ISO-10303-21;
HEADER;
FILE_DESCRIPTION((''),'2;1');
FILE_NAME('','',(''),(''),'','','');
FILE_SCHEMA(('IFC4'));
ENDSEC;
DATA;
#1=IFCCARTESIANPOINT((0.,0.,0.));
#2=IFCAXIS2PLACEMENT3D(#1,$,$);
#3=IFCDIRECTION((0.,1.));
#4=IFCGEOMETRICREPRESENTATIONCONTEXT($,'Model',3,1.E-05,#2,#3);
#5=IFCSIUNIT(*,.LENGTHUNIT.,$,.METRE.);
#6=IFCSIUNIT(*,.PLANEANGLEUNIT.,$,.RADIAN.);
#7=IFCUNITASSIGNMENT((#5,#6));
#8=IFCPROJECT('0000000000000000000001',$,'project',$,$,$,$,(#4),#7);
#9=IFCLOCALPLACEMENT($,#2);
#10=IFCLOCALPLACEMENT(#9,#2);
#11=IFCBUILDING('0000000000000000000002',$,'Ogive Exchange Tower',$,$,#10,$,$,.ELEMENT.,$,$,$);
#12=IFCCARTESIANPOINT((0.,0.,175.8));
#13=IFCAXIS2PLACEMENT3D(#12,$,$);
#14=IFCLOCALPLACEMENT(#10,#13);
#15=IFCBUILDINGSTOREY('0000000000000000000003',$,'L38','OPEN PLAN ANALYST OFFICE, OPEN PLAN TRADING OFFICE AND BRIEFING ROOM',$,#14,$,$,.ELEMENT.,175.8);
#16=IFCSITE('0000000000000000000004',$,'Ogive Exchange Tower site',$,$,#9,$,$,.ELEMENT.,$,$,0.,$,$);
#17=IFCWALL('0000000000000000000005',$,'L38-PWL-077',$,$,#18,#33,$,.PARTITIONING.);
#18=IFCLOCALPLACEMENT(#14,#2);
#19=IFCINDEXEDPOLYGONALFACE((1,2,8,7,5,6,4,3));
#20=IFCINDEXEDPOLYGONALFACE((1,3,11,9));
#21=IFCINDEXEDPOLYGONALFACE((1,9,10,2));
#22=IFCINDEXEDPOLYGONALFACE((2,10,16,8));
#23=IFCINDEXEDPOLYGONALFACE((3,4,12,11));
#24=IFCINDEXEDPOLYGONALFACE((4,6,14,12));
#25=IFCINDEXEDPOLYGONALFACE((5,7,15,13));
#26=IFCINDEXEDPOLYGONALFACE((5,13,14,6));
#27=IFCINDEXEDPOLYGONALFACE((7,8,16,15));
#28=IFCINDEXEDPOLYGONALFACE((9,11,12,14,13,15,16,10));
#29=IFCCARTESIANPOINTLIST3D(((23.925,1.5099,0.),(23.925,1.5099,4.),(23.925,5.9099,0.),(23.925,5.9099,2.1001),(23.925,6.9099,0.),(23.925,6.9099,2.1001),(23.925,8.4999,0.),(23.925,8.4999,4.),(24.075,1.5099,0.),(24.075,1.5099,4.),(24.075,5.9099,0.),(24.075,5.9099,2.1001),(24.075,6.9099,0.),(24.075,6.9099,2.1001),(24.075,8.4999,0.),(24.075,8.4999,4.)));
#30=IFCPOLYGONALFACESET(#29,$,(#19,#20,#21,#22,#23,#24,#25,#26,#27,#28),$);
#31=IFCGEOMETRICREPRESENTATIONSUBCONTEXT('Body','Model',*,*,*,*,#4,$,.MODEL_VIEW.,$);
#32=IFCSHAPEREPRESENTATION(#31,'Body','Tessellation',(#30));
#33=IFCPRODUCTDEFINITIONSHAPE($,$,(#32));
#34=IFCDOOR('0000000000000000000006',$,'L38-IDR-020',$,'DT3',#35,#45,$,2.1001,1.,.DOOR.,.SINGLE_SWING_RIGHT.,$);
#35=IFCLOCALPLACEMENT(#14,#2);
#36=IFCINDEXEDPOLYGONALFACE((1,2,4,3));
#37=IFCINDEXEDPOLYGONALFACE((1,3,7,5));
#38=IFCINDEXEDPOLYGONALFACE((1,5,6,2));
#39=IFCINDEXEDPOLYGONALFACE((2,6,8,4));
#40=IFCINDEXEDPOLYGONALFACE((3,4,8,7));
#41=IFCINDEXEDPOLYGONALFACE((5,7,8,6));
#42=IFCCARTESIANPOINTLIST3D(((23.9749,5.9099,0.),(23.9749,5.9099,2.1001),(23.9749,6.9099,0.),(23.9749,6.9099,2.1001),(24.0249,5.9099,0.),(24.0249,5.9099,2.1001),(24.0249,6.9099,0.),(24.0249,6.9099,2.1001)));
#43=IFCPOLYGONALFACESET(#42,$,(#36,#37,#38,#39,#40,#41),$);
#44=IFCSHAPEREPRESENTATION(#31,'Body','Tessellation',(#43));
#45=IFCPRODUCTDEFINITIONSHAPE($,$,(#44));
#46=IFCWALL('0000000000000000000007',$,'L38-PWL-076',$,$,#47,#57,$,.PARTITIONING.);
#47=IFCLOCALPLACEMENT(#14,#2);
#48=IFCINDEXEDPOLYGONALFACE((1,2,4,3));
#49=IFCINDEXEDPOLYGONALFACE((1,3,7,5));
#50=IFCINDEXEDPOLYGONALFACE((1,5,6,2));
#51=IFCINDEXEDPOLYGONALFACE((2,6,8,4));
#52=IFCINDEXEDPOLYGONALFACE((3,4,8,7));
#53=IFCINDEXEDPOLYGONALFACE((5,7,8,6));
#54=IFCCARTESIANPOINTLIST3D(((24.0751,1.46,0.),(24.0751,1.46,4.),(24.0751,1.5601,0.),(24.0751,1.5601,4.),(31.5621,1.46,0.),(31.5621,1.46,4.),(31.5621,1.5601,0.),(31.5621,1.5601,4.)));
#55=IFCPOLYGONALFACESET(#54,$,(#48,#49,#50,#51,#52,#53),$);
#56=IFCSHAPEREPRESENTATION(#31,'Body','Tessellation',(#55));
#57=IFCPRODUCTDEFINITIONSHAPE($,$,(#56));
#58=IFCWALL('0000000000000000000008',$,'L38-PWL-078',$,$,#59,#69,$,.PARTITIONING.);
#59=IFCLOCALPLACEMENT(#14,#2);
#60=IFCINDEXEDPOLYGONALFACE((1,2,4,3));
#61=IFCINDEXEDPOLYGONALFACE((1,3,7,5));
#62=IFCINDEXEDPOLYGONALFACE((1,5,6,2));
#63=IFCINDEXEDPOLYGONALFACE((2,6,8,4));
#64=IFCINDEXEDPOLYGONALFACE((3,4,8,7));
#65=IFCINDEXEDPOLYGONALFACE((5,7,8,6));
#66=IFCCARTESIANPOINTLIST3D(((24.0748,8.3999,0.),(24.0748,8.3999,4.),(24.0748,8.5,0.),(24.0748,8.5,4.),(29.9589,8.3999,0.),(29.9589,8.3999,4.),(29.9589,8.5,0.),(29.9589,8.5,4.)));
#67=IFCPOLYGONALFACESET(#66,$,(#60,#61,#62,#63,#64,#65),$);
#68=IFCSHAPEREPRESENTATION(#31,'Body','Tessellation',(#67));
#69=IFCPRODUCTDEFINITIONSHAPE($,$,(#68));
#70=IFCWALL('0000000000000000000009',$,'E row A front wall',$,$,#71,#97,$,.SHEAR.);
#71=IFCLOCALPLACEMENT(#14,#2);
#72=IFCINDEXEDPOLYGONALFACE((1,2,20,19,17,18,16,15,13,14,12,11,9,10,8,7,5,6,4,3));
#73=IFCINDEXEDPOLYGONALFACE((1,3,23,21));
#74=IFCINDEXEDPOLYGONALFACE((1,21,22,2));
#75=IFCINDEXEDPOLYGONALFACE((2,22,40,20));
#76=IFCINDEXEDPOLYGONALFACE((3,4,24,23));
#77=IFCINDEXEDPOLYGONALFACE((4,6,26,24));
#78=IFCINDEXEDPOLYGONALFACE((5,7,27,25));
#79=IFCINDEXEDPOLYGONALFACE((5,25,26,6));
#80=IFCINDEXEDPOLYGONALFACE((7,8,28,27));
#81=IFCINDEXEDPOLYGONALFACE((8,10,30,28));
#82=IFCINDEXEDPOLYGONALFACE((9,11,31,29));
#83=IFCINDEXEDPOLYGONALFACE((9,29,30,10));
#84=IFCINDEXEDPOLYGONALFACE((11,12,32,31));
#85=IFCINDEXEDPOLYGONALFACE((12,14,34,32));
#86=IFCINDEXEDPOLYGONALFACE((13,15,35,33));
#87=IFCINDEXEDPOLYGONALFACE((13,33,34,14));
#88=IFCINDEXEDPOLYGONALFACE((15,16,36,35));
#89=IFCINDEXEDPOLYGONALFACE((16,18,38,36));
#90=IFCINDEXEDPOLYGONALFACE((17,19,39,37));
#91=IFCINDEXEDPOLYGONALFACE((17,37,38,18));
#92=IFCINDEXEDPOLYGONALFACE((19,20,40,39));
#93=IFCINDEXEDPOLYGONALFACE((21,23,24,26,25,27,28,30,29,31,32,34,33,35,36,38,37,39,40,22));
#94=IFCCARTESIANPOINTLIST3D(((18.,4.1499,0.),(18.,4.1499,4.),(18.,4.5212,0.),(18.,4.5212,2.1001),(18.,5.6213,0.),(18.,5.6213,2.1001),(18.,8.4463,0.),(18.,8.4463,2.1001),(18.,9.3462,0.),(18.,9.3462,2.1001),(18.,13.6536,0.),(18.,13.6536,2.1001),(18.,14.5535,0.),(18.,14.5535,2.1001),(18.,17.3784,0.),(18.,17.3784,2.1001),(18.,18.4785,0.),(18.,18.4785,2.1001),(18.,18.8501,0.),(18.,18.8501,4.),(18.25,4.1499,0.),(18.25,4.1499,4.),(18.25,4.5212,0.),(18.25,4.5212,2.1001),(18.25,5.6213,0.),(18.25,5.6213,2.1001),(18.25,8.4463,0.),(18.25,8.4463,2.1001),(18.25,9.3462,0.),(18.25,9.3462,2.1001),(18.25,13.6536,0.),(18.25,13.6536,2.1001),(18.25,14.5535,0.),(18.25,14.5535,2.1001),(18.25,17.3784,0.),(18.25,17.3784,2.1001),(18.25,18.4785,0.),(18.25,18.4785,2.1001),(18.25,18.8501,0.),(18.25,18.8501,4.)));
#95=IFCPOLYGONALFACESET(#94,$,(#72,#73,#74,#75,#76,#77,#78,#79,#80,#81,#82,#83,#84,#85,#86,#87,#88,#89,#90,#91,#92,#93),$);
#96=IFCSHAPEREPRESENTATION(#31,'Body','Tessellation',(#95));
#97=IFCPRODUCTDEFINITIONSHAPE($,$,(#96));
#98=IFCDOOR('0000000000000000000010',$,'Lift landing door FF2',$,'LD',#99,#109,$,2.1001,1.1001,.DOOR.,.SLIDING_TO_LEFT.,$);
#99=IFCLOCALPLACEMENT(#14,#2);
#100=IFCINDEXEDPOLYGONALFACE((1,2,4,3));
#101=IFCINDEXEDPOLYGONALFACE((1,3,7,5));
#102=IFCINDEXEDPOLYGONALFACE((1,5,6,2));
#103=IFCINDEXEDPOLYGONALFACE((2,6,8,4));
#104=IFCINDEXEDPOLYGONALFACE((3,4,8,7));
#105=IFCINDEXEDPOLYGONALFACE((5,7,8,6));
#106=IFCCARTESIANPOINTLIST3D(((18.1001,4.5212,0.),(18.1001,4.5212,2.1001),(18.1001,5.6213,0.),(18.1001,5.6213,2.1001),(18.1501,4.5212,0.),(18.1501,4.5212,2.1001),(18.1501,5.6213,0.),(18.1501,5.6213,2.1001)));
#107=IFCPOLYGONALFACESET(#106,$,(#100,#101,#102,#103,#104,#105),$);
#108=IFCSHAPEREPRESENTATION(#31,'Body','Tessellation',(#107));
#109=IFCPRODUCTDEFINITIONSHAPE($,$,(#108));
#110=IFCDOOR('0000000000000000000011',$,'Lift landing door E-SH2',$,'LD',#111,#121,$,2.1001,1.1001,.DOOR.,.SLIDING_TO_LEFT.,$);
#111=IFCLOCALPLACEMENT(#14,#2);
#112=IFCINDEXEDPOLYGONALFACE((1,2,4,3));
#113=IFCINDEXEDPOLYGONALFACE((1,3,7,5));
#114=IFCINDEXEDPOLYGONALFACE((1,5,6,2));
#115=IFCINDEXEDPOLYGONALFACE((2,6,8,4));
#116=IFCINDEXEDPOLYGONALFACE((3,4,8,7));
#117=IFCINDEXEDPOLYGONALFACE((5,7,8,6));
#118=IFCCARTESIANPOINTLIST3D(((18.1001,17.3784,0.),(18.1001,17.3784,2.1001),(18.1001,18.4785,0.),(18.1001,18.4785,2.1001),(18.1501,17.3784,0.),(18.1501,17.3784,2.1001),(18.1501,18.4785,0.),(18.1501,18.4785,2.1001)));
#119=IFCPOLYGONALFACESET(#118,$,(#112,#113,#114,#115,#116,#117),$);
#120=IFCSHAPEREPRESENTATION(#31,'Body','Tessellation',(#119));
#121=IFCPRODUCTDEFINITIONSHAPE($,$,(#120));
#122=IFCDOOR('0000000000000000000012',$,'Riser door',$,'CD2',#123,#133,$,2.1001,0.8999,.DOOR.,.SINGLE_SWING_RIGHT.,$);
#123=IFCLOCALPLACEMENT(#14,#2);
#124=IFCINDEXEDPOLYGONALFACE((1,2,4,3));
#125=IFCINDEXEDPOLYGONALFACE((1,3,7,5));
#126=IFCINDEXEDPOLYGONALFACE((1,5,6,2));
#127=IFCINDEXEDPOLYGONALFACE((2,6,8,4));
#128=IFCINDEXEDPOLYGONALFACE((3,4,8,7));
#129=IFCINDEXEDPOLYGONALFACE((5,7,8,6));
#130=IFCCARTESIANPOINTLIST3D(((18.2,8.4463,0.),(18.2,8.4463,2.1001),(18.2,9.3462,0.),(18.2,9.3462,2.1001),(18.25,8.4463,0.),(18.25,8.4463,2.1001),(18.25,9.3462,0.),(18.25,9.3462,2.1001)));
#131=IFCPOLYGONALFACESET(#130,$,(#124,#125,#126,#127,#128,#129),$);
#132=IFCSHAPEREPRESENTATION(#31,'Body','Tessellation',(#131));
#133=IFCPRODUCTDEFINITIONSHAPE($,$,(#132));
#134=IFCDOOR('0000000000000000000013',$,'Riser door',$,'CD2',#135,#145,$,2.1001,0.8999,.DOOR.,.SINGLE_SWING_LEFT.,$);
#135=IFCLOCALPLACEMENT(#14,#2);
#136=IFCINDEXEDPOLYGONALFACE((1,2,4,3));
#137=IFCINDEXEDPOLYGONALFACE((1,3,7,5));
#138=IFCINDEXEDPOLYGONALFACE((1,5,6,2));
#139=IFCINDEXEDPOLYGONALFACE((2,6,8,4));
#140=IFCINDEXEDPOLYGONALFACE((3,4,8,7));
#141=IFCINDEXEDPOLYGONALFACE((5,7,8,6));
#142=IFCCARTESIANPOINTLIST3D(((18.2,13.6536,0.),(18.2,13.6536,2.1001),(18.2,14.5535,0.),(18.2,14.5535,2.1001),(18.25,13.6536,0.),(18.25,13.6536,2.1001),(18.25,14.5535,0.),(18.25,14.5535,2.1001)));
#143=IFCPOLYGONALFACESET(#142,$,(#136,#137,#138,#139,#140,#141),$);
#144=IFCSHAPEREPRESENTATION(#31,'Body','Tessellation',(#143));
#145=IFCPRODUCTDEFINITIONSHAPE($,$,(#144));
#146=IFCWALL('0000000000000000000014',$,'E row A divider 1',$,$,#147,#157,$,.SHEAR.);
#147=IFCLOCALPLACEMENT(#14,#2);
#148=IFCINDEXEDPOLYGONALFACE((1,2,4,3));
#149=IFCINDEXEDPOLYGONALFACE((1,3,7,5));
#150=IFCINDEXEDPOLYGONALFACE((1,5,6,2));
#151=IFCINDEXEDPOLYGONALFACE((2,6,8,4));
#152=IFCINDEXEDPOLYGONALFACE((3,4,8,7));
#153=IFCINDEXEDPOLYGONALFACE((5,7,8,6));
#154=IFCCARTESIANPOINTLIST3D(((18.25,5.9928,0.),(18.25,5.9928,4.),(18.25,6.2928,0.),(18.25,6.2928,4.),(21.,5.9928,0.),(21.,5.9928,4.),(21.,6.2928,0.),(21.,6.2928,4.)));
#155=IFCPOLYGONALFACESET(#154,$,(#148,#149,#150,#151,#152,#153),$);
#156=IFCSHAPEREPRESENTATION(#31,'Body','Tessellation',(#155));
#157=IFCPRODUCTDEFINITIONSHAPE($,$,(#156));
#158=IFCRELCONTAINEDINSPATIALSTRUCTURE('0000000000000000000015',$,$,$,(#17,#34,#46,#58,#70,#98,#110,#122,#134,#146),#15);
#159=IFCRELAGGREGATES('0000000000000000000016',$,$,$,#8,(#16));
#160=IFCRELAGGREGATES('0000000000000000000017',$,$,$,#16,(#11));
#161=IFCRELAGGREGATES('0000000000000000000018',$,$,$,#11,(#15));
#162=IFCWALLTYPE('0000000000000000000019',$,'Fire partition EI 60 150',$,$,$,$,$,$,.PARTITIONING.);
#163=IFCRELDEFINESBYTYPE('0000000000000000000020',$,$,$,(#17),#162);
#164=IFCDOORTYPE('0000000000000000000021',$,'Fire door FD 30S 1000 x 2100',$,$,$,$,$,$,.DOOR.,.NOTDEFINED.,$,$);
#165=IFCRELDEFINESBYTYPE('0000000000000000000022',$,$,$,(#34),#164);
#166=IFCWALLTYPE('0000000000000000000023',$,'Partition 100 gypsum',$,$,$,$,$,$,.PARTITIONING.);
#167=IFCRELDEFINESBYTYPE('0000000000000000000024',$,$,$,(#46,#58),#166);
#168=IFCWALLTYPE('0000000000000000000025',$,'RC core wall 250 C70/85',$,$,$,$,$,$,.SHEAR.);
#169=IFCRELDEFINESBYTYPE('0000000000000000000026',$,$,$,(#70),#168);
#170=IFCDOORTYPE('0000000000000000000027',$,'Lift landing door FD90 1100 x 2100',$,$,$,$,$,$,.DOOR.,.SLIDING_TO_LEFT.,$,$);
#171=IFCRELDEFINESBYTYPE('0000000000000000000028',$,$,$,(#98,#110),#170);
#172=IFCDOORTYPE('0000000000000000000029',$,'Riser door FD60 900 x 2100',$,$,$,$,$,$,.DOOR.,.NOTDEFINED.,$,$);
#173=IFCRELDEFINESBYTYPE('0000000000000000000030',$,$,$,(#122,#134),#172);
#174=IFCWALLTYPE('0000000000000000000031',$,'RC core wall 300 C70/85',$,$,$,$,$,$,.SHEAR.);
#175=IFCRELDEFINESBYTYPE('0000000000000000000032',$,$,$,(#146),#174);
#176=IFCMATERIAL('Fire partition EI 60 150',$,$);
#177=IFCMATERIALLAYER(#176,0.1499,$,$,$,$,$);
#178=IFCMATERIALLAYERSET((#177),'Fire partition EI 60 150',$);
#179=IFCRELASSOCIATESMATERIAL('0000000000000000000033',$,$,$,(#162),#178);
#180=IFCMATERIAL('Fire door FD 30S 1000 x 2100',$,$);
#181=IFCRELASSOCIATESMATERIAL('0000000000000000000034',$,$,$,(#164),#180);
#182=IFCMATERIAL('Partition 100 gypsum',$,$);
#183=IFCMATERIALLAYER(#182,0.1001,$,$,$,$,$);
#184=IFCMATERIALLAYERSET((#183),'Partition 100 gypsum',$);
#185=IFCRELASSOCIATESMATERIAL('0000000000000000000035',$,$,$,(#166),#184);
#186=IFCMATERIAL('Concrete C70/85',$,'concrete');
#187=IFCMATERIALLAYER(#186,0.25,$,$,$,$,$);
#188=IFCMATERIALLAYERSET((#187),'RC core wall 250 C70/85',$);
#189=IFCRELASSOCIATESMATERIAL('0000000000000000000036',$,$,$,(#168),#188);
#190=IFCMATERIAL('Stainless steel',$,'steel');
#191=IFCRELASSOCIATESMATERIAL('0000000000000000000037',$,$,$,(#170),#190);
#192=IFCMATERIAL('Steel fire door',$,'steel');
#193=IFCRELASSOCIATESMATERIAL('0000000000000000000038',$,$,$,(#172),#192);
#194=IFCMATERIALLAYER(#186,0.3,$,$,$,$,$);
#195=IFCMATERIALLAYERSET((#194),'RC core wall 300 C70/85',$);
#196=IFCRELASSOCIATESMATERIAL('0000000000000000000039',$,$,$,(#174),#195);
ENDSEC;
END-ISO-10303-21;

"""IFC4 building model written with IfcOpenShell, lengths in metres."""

from ifc_helpers import new_model, si_unit, direction, frame, frame_2d, origin, place, context, subcontext, project, spatial, rectangle, extrude, material, layer, layer_set, type_object, element, fill, save


model = new_model("IFC4")

# Units and contexts
model_context = context("Model", 3, precision=1e-05, world=origin(), true_north=direction((0.0, 1.0)))
body_context = subcontext(model_context, "Body", "Model", "MODEL_VIEW")
ifc_project = project(units=[si_unit("LENGTHUNIT", "METRE"), si_unit("PLANEANGLEUNIT", "RADIAN")], contexts=[model_context])

# Site, building, storey
site_placement = place(None, origin())
site = spatial("IfcSite", under=ifc_project, at=site_placement, Name="Ogive Exchange Tower site", CompositionType="ELEMENT", RefElevation=0.0)
building_placement = place(site_placement, origin())
building = spatial("IfcBuilding", under=site, at=building_placement, Name="Ogive Exchange Tower", CompositionType="ELEMENT")
storey_placement = place(building_placement, frame((0.0, 0.0, 175.8)))
storey = spatial("IfcBuildingStorey", under=building, at=storey_placement, Name="L38", Description="OPEN PLAN ANALYST OFFICE, OPEN PLAN TRADING OFFICE AND BRIEFING ROOM", CompositionType="ELEMENT", Elevation=175.8)

# Wall, opening, door
ifc_material_1 = material(Name="Fire partition EI 60 150")
ifc_layer_1 = layer(ifc_material_1, 0.1499)
ifc_layer_set_1 = layer_set([ifc_layer_1], Name="Fire partition EI 60 150")
wall_type_1 = type_object("IfcWallType", Name="Fire partition EI 60 150", PredefinedType="PARTITIONING", material=ifc_layer_set_1)
ifc_material_2 = material(Name="Fire door FD 30S 1000 x 2100")
door_type_1 = type_object("IfcDoorType", Name="Fire door FD 30S 1000 x 2100", OperationType="NOTDEFINED", PredefinedType="DOOR", material=ifc_material_2)
wall_1_placement = place(storey_placement, frame((24.0, 8.5, 0.0), z_axis=(0.0, 0.0, 1.0), x_axis=(0.0, -1.0, 0.0)))
wall_1 = element("IfcWall", 1, at=wall_1_placement, inside=storey, type_object=wall_type_1, Name="L38-PWL-077", PredefinedType="PARTITIONING", context=body_context, shape_type="SweptSolid", body=[
    extrude(rectangle(XDim=6.99, YDim=0.1499, at=frame_2d((3.4951, 0.0))), origin(), (0.0, 0.0, 1.0), 4.0),
])
opening_1_placement = place(wall_1_placement, frame((1.5901, 0.0, 0.0)))
opening_1 = element("IfcOpeningElement", 2, at=opening_1_placement, cuts=wall_1, PredefinedType="OPENING", context=body_context, shape_type="SweptSolid", body=[
    extrude(rectangle(XDim=1.0, YDim=2.1001, at=frame_2d((0.5, 1.05))), frame((0.0, 0.085, 0.0), z_axis=(0.0, -1.0, 0.0), x_axis=(1.0, 0.0, 0.0)), (0.0, 0.0, 1.0), 0.1699),
])
door_1_placement = place(opening_1_placement, origin())
door_1 = element("IfcDoor", 3, at=door_1_placement, inside=storey, type_object=door_type_1, Name="L38-IDR-020", ObjectType="DT3", OperationType="SINGLE_SWING_RIGHT", OverallHeight=2.1001, OverallWidth=1.0, PredefinedType="DOOR", context=body_context, shape_type="SweptSolid", body=[
    extrude(rectangle(XDim=1.0, YDim=2.1001, at=frame_2d((0.5, 1.05))), frame((0.0, 0.0249, 0.0), z_axis=(0.0, -1.0, 0.0), x_axis=(1.0, 0.0, 0.0)), (0.0, 0.0, 1.0), 0.05),
])
fill(opening_1, door_1)

# Walls
ifc_material_3 = material(Name="Partition 100 gypsum")
ifc_layer_2 = layer(ifc_material_3, 0.1001)
ifc_layer_set_2 = layer_set([ifc_layer_2], Name="Partition 100 gypsum")
wall_type_2 = type_object("IfcWallType", Name="Partition 100 gypsum", PredefinedType="PARTITIONING", material=ifc_layer_set_2)
wall_2_placement = place(storey_placement, frame((24.075, 1.51, 0.0), z_axis=(0.0, 0.0, 1.0), x_axis=(1.0, 0.0, 0.0)))
element("IfcWall", 4, at=wall_2_placement, inside=storey, type_object=wall_type_2, Name="L38-PWL-076", PredefinedType="PARTITIONING", context=body_context, shape_type="SweptSolid", body=[
    extrude(rectangle(XDim=7.4871, YDim=0.1001, at=frame_2d((3.7437, 0.0))), origin(), (0.0, 0.0, 1.0), 4.0),
])
wall_3_placement = place(storey_placement, frame((24.075, 8.45, 0.0), z_axis=(0.0, 0.0, 1.0), x_axis=(1.0, 0.0, 0.0)))
element("IfcWall", 5, at=wall_3_placement, inside=storey, type_object=wall_type_2, Name="L38-PWL-078", PredefinedType="PARTITIONING", context=body_context, shape_type="SweptSolid", body=[
    extrude(rectangle(XDim=5.884, YDim=0.1001, at=frame_2d((2.9419, 0.0))), origin(), (0.0, 0.0, 1.0), 4.0),
])

# Wall, openings, doors
ifc_material_4 = material(Name="Concrete C70/85", Category="concrete")
ifc_layer_3 = layer(ifc_material_4, 0.25)
ifc_layer_set_3 = layer_set([ifc_layer_3], Name="RC core wall 250 C70/85")
wall_type_3 = type_object("IfcWallType", Name="RC core wall 250 C70/85", PredefinedType="SHEAR", material=ifc_layer_set_3)
wall_4_placement = place(storey_placement, frame((18.125, 4.1499, 0.0), z_axis=(0.0, 0.0, 1.0), x_axis=(0.0, 1.0, 0.0)))
wall_4 = element("IfcWall", 6, at=wall_4_placement, inside=storey, type_object=wall_type_3, Name="E row A front wall", PredefinedType="SHEAR", context=body_context, shape_type="SweptSolid", body=[
    extrude(rectangle(XDim=14.7002, YDim=0.25, at=frame_2d((7.3501, 0.0))), origin(), (0.0, 0.0, 1.0), 4.0),
])
opening_2_placement = place(wall_4_placement, frame((4.2964, 0.0, 0.0)))
opening_2 = element("IfcOpeningElement", 7, at=opening_2_placement, cuts=wall_4, PredefinedType="OPENING", context=body_context, shape_type="SweptSolid", body=[
    extrude(rectangle(XDim=0.8999, YDim=2.1001, at=frame_2d((0.45, 1.05))), frame((0.0, 0.135, 0.0), z_axis=(0.0, -1.0, 0.0), x_axis=(1.0, 0.0, 0.0)), (0.0, 0.0, 1.0), 0.27),
])
opening_3_placement = place(wall_4_placement, frame((9.5037, 0.0, 0.0)))
opening_3 = element("IfcOpeningElement", 8, at=opening_3_placement, cuts=wall_4, PredefinedType="OPENING", context=body_context, shape_type="SweptSolid", body=[
    extrude(rectangle(XDim=0.8999, YDim=2.1001, at=frame_2d((0.45, 1.05))), frame((0.0, 0.135, 0.0), z_axis=(0.0, -1.0, 0.0), x_axis=(1.0, 0.0, 0.0)), (0.0, 0.0, 1.0), 0.27),
])
opening_4_placement = place(wall_4_placement, frame((0.3713, 0.0, 0.0)))
opening_4 = element("IfcOpeningElement", 9, at=opening_4_placement, cuts=wall_4, PredefinedType="OPENING", context=body_context, shape_type="SweptSolid", body=[
    extrude(rectangle(XDim=1.1001, YDim=2.1001, at=frame_2d((0.55, 1.05))), frame((0.0, 0.135, 0.0), z_axis=(0.0, -1.0, 0.0), x_axis=(1.0, 0.0, 0.0)), (0.0, 0.0, 1.0), 0.27),
])
opening_5_placement = place(wall_4_placement, frame((13.2285, 0.0, 0.0)))
opening_5 = element("IfcOpeningElement", 10, at=opening_5_placement, cuts=wall_4, PredefinedType="OPENING", context=body_context, shape_type="SweptSolid", body=[
    extrude(rectangle(XDim=1.1001, YDim=2.1001, at=frame_2d((0.55, 1.05))), frame((0.0, 0.135, 0.0), z_axis=(0.0, -1.0, 0.0), x_axis=(1.0, 0.0, 0.0)), (0.0, 0.0, 1.0), 0.27),
])
ifc_material_5 = material(Name="Stainless steel", Category="steel")
door_type_2 = type_object("IfcDoorType", Name="Lift landing door FD90 1100 x 2100", OperationType="SLIDING_TO_LEFT", PredefinedType="DOOR", material=ifc_material_5)
door_2_placement = place(opening_4_placement, origin())
door_2 = element("IfcDoor", 11, at=door_2_placement, inside=storey, type_object=door_type_2, Name="Lift landing door FF2", ObjectType="LD", OperationType="SLIDING_TO_LEFT", OverallHeight=2.1001, OverallWidth=1.1001, PredefinedType="DOOR", context=body_context, shape_type="SweptSolid", body=[
    extrude(rectangle(XDim=1.1001, YDim=2.1001, at=frame_2d((0.55, 1.05))), frame((0.0, 0.0249, 0.0), z_axis=(0.0, -1.0, 0.0), x_axis=(1.0, 0.0, 0.0)), (0.0, 0.0, 1.0), 0.05),
])
fill(opening_4, door_2)
door_3_placement = place(opening_5_placement, origin())
door_3 = element("IfcDoor", 12, at=door_3_placement, inside=storey, type_object=door_type_2, Name="Lift landing door E-SH2", ObjectType="LD", OperationType="SLIDING_TO_LEFT", OverallHeight=2.1001, OverallWidth=1.1001, PredefinedType="DOOR", context=body_context, shape_type="SweptSolid", body=[
    extrude(rectangle(XDim=1.1001, YDim=2.1001, at=frame_2d((0.55, 1.05))), frame((0.0, 0.0249, 0.0), z_axis=(0.0, -1.0, 0.0), x_axis=(1.0, 0.0, 0.0)), (0.0, 0.0, 1.0), 0.05),
])
fill(opening_5, door_3)
ifc_material_6 = material(Name="Steel fire door", Category="steel")
door_type_3 = type_object("IfcDoorType", Name="Riser door FD60 900 x 2100", OperationType="NOTDEFINED", PredefinedType="DOOR", material=ifc_material_6)
door_4_placement = place(opening_2_placement, frame((0.8999, -0.2002, 0.0), z_axis=(0.0, 0.0, 1.0), x_axis=(-1.0, 0.0, 0.0)))
door_4 = element("IfcDoor", 13, at=door_4_placement, inside=storey, type_object=door_type_3, Name="Riser door", ObjectType="CD2", OperationType="SINGLE_SWING_RIGHT", OverallHeight=2.1001, OverallWidth=0.8999, PredefinedType="DOOR", context=body_context, shape_type="SweptSolid", body=[
    extrude(rectangle(XDim=0.8999, YDim=2.1001, at=frame_2d((0.45, 1.05))), frame((0.0, -0.0752, 0.0), z_axis=(0.0, -1.0, 0.0), x_axis=(1.0, 0.0, 0.0)), (0.0, 0.0, 1.0), 0.05),
])
fill(opening_2, door_4)
door_5_placement = place(opening_3_placement, frame((0.8999, -0.2002, 0.0), z_axis=(0.0, 0.0, 1.0), x_axis=(-1.0, 0.0, 0.0)))
door_5 = element("IfcDoor", 14, at=door_5_placement, inside=storey, type_object=door_type_3, Name="Riser door", ObjectType="CD2", OperationType="SINGLE_SWING_LEFT", OverallHeight=2.1001, OverallWidth=0.8999, PredefinedType="DOOR", context=body_context, shape_type="SweptSolid", body=[
    extrude(rectangle(XDim=0.8999, YDim=2.1001, at=frame_2d((0.45, 1.05))), frame((0.0, -0.0752, 0.0), z_axis=(0.0, -1.0, 0.0), x_axis=(1.0, 0.0, 0.0)), (0.0, 0.0, 1.0), 0.05),
])
fill(opening_3, door_5)

# Wall
ifc_layer_4 = layer(ifc_material_4, 0.3)
ifc_layer_set_4 = layer_set([ifc_layer_4], Name="RC core wall 300 C70/85")
wall_type_4 = type_object("IfcWallType", Name="RC core wall 300 C70/85", PredefinedType="SHEAR", material=ifc_layer_set_4)
wall_5_placement = place(storey_placement, frame((18.25, 6.1428, 0.0), z_axis=(0.0, 0.0, 1.0), x_axis=(1.0, 0.0, 0.0)))
element("IfcWall", 15, at=wall_5_placement, inside=storey, type_object=wall_type_4, Name="E row A divider 1", PredefinedType="SHEAR", context=body_context, shape_type="SweptSolid", body=[
    extrude(rectangle(XDim=2.75, YDim=0.3, at=frame_2d((1.375, 0.0))), origin(), (0.0, 0.0, 1.0), 4.0),
])

save(model, "model.ifc")
